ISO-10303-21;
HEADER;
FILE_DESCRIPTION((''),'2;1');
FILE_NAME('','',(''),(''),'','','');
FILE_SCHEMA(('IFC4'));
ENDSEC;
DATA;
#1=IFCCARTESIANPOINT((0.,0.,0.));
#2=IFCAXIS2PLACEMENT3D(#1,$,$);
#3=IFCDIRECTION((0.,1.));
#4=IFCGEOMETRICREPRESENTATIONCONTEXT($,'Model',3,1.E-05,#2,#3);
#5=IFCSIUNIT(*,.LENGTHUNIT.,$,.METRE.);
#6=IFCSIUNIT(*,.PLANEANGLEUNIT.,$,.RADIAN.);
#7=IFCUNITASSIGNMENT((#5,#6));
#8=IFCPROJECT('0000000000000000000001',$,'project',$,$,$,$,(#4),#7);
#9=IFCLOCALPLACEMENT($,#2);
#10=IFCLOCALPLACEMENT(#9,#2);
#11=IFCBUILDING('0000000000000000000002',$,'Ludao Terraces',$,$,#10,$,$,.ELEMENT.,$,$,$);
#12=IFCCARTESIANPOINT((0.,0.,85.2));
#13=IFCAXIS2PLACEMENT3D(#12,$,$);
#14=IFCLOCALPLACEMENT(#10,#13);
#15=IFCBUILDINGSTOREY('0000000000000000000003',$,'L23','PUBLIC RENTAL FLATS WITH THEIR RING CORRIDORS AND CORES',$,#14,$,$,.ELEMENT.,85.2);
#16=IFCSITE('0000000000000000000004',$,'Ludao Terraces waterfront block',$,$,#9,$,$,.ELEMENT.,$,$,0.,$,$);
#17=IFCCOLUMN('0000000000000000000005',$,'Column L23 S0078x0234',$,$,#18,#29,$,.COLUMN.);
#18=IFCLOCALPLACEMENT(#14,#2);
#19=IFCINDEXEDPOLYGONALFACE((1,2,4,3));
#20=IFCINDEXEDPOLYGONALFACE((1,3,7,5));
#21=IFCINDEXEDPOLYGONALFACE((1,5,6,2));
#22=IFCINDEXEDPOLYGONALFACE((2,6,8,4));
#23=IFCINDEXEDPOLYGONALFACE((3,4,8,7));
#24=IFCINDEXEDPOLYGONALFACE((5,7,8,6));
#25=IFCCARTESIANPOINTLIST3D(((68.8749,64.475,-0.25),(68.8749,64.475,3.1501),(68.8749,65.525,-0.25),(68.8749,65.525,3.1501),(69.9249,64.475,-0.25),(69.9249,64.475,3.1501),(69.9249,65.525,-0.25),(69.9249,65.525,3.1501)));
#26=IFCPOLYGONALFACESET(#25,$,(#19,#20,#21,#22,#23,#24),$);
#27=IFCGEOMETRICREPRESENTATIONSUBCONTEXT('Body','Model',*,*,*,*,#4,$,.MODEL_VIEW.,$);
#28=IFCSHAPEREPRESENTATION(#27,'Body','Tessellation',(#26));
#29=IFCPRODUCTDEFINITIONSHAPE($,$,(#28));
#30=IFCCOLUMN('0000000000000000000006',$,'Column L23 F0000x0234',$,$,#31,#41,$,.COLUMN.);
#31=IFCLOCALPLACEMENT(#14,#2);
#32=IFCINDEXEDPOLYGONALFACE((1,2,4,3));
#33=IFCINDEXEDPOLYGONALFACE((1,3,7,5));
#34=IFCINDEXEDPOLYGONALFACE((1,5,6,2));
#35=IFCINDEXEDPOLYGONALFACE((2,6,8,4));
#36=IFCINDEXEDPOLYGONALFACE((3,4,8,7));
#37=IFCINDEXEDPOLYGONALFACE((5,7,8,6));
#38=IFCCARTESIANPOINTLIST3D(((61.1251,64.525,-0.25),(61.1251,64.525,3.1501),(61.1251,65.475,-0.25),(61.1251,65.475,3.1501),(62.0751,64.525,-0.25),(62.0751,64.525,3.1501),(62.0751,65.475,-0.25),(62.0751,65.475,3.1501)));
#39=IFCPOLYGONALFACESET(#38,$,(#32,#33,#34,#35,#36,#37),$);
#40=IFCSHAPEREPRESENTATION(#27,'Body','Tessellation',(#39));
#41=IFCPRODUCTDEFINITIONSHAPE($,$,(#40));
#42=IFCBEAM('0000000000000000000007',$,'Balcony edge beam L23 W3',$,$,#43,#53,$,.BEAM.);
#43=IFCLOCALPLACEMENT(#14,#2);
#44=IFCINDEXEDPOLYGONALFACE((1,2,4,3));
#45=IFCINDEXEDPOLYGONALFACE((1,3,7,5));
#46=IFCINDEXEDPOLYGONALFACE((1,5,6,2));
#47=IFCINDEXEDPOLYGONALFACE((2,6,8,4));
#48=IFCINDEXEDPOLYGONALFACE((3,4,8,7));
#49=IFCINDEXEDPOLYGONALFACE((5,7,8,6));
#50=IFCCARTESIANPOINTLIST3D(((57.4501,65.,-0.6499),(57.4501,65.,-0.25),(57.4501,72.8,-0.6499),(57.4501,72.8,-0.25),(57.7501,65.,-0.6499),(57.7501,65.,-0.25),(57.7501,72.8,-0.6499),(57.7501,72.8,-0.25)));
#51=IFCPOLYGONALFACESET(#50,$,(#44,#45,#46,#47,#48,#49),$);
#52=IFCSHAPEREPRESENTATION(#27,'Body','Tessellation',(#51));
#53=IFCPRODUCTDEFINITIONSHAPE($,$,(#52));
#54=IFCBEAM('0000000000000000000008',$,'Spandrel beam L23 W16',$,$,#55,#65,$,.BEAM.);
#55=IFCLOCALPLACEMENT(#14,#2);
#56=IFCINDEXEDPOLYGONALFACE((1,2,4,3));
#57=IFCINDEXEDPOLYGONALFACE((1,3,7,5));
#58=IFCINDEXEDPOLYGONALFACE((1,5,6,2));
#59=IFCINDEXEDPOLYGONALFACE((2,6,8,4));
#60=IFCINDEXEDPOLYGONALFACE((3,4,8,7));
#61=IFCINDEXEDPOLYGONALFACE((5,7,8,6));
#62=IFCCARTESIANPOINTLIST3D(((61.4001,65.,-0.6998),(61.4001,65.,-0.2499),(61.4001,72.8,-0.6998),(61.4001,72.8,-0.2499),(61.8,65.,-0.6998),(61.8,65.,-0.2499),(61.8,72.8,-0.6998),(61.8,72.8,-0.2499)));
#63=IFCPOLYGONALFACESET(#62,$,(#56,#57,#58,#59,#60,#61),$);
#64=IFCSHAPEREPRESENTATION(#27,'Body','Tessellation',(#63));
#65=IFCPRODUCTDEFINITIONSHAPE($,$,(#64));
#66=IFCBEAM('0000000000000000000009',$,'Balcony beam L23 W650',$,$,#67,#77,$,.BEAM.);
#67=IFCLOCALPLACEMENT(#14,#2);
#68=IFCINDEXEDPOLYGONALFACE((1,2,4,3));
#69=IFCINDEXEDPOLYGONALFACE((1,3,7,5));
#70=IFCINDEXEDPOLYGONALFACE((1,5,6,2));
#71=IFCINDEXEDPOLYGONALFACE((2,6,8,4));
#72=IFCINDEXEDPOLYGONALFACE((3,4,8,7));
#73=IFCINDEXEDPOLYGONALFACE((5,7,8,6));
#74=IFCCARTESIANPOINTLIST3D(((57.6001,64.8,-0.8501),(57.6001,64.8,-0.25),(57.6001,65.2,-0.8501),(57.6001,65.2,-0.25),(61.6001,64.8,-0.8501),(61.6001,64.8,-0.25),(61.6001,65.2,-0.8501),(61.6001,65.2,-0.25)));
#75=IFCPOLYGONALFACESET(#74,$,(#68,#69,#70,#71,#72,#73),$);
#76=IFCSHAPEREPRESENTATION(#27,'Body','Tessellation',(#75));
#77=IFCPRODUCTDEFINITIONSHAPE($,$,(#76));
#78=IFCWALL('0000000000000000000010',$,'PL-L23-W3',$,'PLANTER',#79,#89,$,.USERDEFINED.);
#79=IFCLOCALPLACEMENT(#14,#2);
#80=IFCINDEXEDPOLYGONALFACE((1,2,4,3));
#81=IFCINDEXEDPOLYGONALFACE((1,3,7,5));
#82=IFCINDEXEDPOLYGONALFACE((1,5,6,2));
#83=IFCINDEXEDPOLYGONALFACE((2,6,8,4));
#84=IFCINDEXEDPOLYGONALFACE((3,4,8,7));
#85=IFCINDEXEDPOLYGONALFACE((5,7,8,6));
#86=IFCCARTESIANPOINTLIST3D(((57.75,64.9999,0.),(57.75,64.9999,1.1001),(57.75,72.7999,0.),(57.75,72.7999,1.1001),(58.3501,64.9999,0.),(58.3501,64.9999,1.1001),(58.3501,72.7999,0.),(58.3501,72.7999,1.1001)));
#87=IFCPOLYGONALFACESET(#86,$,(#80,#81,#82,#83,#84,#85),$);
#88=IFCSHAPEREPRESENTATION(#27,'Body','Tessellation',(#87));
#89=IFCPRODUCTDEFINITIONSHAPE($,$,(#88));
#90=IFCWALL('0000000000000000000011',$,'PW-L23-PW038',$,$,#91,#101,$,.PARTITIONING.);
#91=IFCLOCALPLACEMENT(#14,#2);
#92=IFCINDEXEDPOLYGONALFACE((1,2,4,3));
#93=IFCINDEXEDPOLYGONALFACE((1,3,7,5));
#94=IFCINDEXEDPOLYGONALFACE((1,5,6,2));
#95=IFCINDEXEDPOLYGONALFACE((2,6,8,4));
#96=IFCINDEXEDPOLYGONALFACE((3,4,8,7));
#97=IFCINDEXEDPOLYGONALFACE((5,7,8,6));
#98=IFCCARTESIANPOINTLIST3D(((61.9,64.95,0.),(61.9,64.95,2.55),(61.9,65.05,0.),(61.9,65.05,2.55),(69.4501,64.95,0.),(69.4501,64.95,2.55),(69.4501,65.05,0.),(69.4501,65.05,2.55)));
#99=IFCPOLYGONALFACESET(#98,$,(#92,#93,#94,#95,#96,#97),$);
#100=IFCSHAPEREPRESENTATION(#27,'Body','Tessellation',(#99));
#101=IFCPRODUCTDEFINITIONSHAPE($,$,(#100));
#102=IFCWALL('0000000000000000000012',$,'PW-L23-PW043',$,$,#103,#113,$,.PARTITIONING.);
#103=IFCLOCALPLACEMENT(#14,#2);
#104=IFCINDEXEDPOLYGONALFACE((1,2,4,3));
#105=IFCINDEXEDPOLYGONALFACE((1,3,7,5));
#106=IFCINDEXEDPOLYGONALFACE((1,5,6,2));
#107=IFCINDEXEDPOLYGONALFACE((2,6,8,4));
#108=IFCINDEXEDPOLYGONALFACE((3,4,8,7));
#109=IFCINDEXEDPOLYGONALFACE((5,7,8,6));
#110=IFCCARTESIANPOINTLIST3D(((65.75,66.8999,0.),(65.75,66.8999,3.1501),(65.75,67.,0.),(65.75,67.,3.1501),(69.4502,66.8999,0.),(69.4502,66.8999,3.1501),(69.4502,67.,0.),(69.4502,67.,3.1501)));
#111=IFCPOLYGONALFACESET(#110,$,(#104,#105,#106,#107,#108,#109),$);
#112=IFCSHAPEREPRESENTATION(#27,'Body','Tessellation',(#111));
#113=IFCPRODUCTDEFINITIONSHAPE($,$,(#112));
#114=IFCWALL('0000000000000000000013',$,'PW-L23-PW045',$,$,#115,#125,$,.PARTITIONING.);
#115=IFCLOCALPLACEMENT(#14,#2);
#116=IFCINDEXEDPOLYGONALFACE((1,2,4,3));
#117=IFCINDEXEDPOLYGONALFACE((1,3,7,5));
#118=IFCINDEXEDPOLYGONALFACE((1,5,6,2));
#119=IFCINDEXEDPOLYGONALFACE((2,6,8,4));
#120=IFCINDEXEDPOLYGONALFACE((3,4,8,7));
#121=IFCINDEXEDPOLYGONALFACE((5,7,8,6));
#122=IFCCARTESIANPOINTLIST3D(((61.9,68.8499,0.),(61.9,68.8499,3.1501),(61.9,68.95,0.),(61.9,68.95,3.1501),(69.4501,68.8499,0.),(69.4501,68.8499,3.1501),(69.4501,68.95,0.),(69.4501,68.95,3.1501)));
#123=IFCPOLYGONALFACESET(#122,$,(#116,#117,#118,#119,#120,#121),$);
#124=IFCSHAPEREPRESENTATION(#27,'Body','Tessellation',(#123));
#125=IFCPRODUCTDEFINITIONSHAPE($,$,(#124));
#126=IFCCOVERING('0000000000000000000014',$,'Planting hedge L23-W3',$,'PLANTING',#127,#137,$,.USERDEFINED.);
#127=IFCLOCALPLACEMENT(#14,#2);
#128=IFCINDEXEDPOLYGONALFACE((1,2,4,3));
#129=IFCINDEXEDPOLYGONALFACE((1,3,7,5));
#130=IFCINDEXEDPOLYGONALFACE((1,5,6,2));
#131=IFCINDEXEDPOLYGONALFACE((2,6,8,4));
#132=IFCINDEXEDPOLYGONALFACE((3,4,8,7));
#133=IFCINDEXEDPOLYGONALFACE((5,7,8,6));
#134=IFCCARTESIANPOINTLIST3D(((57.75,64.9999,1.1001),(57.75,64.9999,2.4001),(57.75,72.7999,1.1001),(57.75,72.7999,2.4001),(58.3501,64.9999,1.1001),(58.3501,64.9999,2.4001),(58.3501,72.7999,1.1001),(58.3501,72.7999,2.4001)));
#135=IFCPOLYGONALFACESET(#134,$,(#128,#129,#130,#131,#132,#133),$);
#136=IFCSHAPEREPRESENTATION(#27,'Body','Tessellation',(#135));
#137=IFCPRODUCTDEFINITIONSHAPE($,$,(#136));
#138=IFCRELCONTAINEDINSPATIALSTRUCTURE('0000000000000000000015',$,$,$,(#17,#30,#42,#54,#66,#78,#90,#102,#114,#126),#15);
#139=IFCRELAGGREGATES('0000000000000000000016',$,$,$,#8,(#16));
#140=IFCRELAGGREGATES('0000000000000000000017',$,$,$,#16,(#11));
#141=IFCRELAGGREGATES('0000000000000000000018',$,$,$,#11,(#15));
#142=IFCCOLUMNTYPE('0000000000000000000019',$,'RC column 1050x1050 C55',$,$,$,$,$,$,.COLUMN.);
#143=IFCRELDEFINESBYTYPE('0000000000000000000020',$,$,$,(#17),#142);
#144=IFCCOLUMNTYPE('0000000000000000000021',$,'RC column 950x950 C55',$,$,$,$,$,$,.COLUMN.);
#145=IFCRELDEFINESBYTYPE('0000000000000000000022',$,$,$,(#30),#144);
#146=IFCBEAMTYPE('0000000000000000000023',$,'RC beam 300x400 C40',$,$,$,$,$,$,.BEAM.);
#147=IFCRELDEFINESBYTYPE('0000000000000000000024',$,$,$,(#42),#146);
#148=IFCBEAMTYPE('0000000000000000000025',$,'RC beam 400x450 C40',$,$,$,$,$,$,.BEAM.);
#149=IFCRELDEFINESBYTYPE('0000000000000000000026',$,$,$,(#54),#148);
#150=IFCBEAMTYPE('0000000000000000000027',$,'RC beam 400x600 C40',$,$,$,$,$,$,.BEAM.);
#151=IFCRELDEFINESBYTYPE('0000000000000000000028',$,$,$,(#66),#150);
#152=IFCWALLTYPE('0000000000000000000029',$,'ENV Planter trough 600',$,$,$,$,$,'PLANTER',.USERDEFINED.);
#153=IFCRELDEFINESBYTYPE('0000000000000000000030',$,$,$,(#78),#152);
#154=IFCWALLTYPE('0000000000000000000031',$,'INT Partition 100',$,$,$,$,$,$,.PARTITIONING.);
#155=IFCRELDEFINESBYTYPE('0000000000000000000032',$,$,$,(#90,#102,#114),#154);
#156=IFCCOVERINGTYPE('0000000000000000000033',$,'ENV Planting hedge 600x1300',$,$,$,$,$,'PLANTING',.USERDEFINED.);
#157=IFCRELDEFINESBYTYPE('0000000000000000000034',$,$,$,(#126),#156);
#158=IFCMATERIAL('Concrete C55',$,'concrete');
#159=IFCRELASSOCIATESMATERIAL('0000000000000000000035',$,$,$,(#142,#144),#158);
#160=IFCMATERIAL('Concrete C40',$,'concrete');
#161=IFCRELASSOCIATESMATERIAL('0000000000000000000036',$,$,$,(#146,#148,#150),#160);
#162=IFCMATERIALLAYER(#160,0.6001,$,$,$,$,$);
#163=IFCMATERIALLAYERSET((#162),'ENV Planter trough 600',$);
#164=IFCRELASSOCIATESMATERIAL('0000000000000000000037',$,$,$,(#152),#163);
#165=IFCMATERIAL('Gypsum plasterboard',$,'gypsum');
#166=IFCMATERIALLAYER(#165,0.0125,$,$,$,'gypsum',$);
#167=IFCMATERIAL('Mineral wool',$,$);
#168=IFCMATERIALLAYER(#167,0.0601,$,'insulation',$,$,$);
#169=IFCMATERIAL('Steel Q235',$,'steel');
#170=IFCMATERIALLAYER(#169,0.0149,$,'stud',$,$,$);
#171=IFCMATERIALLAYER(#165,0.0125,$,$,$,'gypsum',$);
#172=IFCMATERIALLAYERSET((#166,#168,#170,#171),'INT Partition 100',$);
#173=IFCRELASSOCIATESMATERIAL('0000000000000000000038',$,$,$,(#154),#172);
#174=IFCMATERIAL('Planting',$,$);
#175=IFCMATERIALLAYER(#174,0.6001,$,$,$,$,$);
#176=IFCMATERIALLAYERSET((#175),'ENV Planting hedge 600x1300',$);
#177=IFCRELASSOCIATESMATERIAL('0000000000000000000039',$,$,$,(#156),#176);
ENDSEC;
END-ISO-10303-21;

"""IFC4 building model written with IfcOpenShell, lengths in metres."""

from ifc_helpers import new_model, si_unit, direction, frame, frame_2d, origin, origin_2d, place, context, subcontext, project, spatial, rectangle, extrude, material, layer, layer_set, material_profile, profile_set, type_object, element, save


model = new_model("IFC4")

# Units and contexts
model_context = context("Model", 3, precision=1e-05, world=origin(), true_north=direction((0.0, 1.0)))
body_context = subcontext(model_context, "Body", "Model", "MODEL_VIEW")
ifc_project = project(units=[si_unit("LENGTHUNIT", "METRE"), si_unit("PLANEANGLEUNIT", "RADIAN")], contexts=[model_context])

# Site, building, storey
site_placement = place(None, origin())
site = spatial("IfcSite", under=ifc_project, at=site_placement, Name="Ludao Terraces waterfront block", CompositionType="ELEMENT", RefElevation=0.0)
building_placement = place(site_placement, origin())
building = spatial("IfcBuilding", under=site, at=building_placement, Name="Ludao Terraces", CompositionType="ELEMENT")
storey_placement = place(building_placement, frame((0.0, 0.0, 85.2)))
storey = spatial("IfcBuildingStorey", under=building, at=storey_placement, Name="L23", Description="PUBLIC RENTAL FLATS WITH THEIR RING CORRIDORS AND CORES", CompositionType="ELEMENT", Elevation=85.2)

# Columns
ifc_material_1 = material(Name="Concrete C55", Category="concrete")
ifc_material_profile_1 = material_profile(ifc_material_1, rectangle(XDim=1.05, YDim=1.05, at=origin_2d()), Name="1050 X 1050")
ifc_profile_set_1 = profile_set([ifc_material_profile_1], Name="Concrete C55")
column_type_1 = type_object("IfcColumnType", Name="RC column 1050x1050 C55", PredefinedType="COLUMN", material=ifc_profile_set_1)
column_1_placement = place(storey_placement, frame((69.3999, 65.0, -0.25), z_axis=(0.0, 0.0, 1.0), x_axis=(1.0, 0.0, 0.0)))
element("IfcColumn", 1, at=column_1_placement, inside=storey, type_object=column_type_1, Name="Column L23 S0078x0234", PredefinedType="COLUMN", context=body_context, shape_type="SweptSolid", body=[
    extrude(rectangle(XDim=1.05, YDim=1.05, at=origin_2d()), origin(), (0.0, 0.0, 1.0), 3.4001),
])
ifc_material_profile_2 = material_profile(ifc_material_1, rectangle(XDim=0.95, YDim=0.95, at=origin_2d()), Name="950 X 950")
ifc_profile_set_2 = profile_set([ifc_material_profile_2], Name="Concrete C55")
column_type_2 = type_object("IfcColumnType", Name="RC column 950x950 C55", PredefinedType="COLUMN", material=ifc_profile_set_2)
column_2_placement = place(storey_placement, frame((61.6001, 65.0, -0.25), z_axis=(0.0, 0.0, 1.0), x_axis=(1.0, 0.0, 0.0)))
element("IfcColumn", 2, at=column_2_placement, inside=storey, type_object=column_type_2, Name="Column L23 F0000x0234", PredefinedType="COLUMN", context=body_context, shape_type="SweptSolid", body=[
    extrude(rectangle(XDim=0.95, YDim=0.95, at=origin_2d()), origin(), (0.0, 0.0, 1.0), 3.4001),
])

# Beams
ifc_material_2 = material(Name="Concrete C40", Category="concrete")
ifc_material_profile_3 = material_profile(ifc_material_2, rectangle(XDim=0.3, YDim=0.3999, at=origin_2d()), Name="300 X 400")
ifc_profile_set_3 = profile_set([ifc_material_profile_3], Name="Concrete C40")
beam_type_1 = type_object("IfcBeamType", Name="RC beam 300x400 C40", PredefinedType="BEAM", material=ifc_profile_set_3)
beam_1_placement = place(storey_placement, frame((57.6001, 65.0, -0.45), z_axis=(0.0, 1.0, 0.0), x_axis=(-1.0, 0.0, 0.0)))
element("IfcBeam", 3, at=beam_1_placement, inside=storey, type_object=beam_type_1, Name="Balcony edge beam L23 W3", PredefinedType="BEAM", context=body_context, shape_type="SweptSolid", body=[
    extrude(rectangle(XDim=0.3, YDim=0.3999, at=origin_2d()), origin(), (0.0, 0.0, 1.0), 7.8),
])
ifc_material_profile_4 = material_profile(ifc_material_2, rectangle(XDim=0.3999, YDim=0.45, at=origin_2d()), Name="400 X 450")
ifc_profile_set_4 = profile_set([ifc_material_profile_4], Name="Concrete C40")
beam_type_2 = type_object("IfcBeamType", Name="RC beam 400x450 C40", PredefinedType="BEAM", material=ifc_profile_set_4)
beam_2_placement = place(storey_placement, frame((61.6001, 65.0, -0.4749), z_axis=(0.0, 1.0, 0.0), x_axis=(-1.0, 0.0, 0.0)))
element("IfcBeam", 4, at=beam_2_placement, inside=storey, type_object=beam_type_2, Name="Spandrel beam L23 W16", PredefinedType="BEAM", context=body_context, shape_type="SweptSolid", body=[
    extrude(rectangle(XDim=0.3999, YDim=0.45, at=origin_2d()), origin(), (0.0, 0.0, 1.0), 7.8),
])
ifc_material_profile_5 = material_profile(ifc_material_2, rectangle(XDim=0.3999, YDim=0.6001, at=origin_2d()), Name="400 X 600")
ifc_profile_set_5 = profile_set([ifc_material_profile_5], Name="Concrete C40")
beam_type_3 = type_object("IfcBeamType", Name="RC beam 400x600 C40", PredefinedType="BEAM", material=ifc_profile_set_5)
beam_3_placement = place(storey_placement, frame((61.6001, 65.0, -0.55), z_axis=(-1.0, 0.0, 0.0), x_axis=(0.0, -1.0, 0.0)))
element("IfcBeam", 5, at=beam_3_placement, inside=storey, type_object=beam_type_3, Name="Balcony beam L23 W650", PredefinedType="BEAM", context=body_context, shape_type="SweptSolid", body=[
    extrude(rectangle(XDim=0.3999, YDim=0.6001, at=origin_2d()), origin(), (0.0, 0.0, 1.0), 4.0),
])

# Wall
ifc_layer_1 = layer(ifc_material_2, 0.6001)
ifc_layer_set_1 = layer_set([ifc_layer_1], Name="ENV Planter trough 600")
wall_type_1 = type_object("IfcWallType", Name="ENV Planter trough 600", ElementType="PLANTER", PredefinedType="USERDEFINED", material=ifc_layer_set_1)
wall_1_placement = place(storey_placement, frame((58.05, 65.0, 0.0), z_axis=(0.0, 0.0, 1.0), x_axis=(0.0, 1.0, 0.0)))
element("IfcWall", 6, at=wall_1_placement, inside=storey, type_object=wall_type_1, Name="PL-L23-W3", ObjectType="PLANTER", PredefinedType="USERDEFINED", context=body_context, shape_type="SweptSolid", body=[
    extrude(rectangle(XDim=7.8, YDim=0.6001, at=frame_2d((3.8999, 0.0))), origin(), (0.0, 0.0, 1.0), 1.1001),
])

# Shared definitions
ifc_material_3 = material(Name="Mineral wool")

# Walls
ifc_material_4 = material(Name="Gypsum plasterboard", Category="gypsum")
ifc_layer_2 = layer(ifc_material_4, 0.0125, Category="gypsum")
ifc_layer_3 = layer(ifc_material_3, 0.0601, Name="insulation")
ifc_material_5 = material(Name="Steel Q235", Category="steel")
ifc_layer_4 = layer(ifc_material_5, 0.0149, Name="stud")
ifc_layer_5 = layer(ifc_material_4, 0.0125, Category="gypsum")
ifc_layer_set_2 = layer_set([ifc_layer_2, ifc_layer_3, ifc_layer_4, ifc_layer_5], Name="INT Partition 100")
wall_type_2 = type_object("IfcWallType", Name="INT Partition 100", PredefinedType="PARTITIONING", material=ifc_layer_set_2)
wall_2_placement = place(storey_placement, frame((61.9001, 65.0, 0.0), z_axis=(0.0, 0.0, 1.0), x_axis=(1.0, 0.0, 0.0)))
element("IfcWall", 7, at=wall_2_placement, inside=storey, type_object=wall_type_2, Name="PW-L23-PW038", PredefinedType="PARTITIONING", context=body_context, shape_type="SweptSolid", body=[
    extrude(rectangle(XDim=7.55, YDim=0.1001, at=frame_2d((3.7749, 0.0))), origin(), (0.0, 0.0, 1.0), 2.55),
])
wall_3_placement = place(storey_placement, frame((65.75, 66.95, 0.0), z_axis=(0.0, 0.0, 1.0), x_axis=(1.0, 0.0, 0.0)))
element("IfcWall", 8, at=wall_3_placement, inside=storey, type_object=wall_type_2, Name="PW-L23-PW043", PredefinedType="PARTITIONING", context=body_context, shape_type="SweptSolid", body=[
    extrude(rectangle(XDim=3.7002, YDim=0.1001, at=frame_2d((1.8501, 0.0))), origin(), (0.0, 0.0, 1.0), 3.1501),
])
wall_4_placement = place(storey_placement, frame((61.9001, 68.8999, 0.0), z_axis=(0.0, 0.0, 1.0), x_axis=(1.0, 0.0, 0.0)))
element("IfcWall", 9, at=wall_4_placement, inside=storey, type_object=wall_type_2, Name="PW-L23-PW045", PredefinedType="PARTITIONING", context=body_context, shape_type="SweptSolid", body=[
    extrude(rectangle(XDim=7.55, YDim=0.1001, at=frame_2d((3.7749, 0.0))), origin(), (0.0, 0.0, 1.0), 3.1501),
])

# Covering
ifc_material_6 = material(Name="Planting")
ifc_layer_6 = layer(ifc_material_6, 0.6001)
ifc_layer_set_3 = layer_set([ifc_layer_6], Name="ENV Planting hedge 600x1300")
covering_type = type_object("IfcCoveringType", Name="ENV Planting hedge 600x1300", ElementType="PLANTING", PredefinedType="USERDEFINED", material=ifc_layer_set_3)
covering_placement = place(storey_placement, frame((58.05, 68.8999, 1.1001), z_axis=(0.0, 0.0, 1.0), x_axis=(1.0, 0.0, 0.0)))
element("IfcCovering", 10, at=covering_placement, inside=storey, type_object=covering_type, Name="Planting hedge L23-W3", ObjectType="PLANTING", PredefinedType="USERDEFINED", context=body_context, shape_type="SweptSolid", body=[
    extrude(rectangle(XDim=0.6001, YDim=7.8, at=origin_2d()), origin(), (0.0, 0.0, 1.0), 1.3),
])

save(model, "model.ifc")
